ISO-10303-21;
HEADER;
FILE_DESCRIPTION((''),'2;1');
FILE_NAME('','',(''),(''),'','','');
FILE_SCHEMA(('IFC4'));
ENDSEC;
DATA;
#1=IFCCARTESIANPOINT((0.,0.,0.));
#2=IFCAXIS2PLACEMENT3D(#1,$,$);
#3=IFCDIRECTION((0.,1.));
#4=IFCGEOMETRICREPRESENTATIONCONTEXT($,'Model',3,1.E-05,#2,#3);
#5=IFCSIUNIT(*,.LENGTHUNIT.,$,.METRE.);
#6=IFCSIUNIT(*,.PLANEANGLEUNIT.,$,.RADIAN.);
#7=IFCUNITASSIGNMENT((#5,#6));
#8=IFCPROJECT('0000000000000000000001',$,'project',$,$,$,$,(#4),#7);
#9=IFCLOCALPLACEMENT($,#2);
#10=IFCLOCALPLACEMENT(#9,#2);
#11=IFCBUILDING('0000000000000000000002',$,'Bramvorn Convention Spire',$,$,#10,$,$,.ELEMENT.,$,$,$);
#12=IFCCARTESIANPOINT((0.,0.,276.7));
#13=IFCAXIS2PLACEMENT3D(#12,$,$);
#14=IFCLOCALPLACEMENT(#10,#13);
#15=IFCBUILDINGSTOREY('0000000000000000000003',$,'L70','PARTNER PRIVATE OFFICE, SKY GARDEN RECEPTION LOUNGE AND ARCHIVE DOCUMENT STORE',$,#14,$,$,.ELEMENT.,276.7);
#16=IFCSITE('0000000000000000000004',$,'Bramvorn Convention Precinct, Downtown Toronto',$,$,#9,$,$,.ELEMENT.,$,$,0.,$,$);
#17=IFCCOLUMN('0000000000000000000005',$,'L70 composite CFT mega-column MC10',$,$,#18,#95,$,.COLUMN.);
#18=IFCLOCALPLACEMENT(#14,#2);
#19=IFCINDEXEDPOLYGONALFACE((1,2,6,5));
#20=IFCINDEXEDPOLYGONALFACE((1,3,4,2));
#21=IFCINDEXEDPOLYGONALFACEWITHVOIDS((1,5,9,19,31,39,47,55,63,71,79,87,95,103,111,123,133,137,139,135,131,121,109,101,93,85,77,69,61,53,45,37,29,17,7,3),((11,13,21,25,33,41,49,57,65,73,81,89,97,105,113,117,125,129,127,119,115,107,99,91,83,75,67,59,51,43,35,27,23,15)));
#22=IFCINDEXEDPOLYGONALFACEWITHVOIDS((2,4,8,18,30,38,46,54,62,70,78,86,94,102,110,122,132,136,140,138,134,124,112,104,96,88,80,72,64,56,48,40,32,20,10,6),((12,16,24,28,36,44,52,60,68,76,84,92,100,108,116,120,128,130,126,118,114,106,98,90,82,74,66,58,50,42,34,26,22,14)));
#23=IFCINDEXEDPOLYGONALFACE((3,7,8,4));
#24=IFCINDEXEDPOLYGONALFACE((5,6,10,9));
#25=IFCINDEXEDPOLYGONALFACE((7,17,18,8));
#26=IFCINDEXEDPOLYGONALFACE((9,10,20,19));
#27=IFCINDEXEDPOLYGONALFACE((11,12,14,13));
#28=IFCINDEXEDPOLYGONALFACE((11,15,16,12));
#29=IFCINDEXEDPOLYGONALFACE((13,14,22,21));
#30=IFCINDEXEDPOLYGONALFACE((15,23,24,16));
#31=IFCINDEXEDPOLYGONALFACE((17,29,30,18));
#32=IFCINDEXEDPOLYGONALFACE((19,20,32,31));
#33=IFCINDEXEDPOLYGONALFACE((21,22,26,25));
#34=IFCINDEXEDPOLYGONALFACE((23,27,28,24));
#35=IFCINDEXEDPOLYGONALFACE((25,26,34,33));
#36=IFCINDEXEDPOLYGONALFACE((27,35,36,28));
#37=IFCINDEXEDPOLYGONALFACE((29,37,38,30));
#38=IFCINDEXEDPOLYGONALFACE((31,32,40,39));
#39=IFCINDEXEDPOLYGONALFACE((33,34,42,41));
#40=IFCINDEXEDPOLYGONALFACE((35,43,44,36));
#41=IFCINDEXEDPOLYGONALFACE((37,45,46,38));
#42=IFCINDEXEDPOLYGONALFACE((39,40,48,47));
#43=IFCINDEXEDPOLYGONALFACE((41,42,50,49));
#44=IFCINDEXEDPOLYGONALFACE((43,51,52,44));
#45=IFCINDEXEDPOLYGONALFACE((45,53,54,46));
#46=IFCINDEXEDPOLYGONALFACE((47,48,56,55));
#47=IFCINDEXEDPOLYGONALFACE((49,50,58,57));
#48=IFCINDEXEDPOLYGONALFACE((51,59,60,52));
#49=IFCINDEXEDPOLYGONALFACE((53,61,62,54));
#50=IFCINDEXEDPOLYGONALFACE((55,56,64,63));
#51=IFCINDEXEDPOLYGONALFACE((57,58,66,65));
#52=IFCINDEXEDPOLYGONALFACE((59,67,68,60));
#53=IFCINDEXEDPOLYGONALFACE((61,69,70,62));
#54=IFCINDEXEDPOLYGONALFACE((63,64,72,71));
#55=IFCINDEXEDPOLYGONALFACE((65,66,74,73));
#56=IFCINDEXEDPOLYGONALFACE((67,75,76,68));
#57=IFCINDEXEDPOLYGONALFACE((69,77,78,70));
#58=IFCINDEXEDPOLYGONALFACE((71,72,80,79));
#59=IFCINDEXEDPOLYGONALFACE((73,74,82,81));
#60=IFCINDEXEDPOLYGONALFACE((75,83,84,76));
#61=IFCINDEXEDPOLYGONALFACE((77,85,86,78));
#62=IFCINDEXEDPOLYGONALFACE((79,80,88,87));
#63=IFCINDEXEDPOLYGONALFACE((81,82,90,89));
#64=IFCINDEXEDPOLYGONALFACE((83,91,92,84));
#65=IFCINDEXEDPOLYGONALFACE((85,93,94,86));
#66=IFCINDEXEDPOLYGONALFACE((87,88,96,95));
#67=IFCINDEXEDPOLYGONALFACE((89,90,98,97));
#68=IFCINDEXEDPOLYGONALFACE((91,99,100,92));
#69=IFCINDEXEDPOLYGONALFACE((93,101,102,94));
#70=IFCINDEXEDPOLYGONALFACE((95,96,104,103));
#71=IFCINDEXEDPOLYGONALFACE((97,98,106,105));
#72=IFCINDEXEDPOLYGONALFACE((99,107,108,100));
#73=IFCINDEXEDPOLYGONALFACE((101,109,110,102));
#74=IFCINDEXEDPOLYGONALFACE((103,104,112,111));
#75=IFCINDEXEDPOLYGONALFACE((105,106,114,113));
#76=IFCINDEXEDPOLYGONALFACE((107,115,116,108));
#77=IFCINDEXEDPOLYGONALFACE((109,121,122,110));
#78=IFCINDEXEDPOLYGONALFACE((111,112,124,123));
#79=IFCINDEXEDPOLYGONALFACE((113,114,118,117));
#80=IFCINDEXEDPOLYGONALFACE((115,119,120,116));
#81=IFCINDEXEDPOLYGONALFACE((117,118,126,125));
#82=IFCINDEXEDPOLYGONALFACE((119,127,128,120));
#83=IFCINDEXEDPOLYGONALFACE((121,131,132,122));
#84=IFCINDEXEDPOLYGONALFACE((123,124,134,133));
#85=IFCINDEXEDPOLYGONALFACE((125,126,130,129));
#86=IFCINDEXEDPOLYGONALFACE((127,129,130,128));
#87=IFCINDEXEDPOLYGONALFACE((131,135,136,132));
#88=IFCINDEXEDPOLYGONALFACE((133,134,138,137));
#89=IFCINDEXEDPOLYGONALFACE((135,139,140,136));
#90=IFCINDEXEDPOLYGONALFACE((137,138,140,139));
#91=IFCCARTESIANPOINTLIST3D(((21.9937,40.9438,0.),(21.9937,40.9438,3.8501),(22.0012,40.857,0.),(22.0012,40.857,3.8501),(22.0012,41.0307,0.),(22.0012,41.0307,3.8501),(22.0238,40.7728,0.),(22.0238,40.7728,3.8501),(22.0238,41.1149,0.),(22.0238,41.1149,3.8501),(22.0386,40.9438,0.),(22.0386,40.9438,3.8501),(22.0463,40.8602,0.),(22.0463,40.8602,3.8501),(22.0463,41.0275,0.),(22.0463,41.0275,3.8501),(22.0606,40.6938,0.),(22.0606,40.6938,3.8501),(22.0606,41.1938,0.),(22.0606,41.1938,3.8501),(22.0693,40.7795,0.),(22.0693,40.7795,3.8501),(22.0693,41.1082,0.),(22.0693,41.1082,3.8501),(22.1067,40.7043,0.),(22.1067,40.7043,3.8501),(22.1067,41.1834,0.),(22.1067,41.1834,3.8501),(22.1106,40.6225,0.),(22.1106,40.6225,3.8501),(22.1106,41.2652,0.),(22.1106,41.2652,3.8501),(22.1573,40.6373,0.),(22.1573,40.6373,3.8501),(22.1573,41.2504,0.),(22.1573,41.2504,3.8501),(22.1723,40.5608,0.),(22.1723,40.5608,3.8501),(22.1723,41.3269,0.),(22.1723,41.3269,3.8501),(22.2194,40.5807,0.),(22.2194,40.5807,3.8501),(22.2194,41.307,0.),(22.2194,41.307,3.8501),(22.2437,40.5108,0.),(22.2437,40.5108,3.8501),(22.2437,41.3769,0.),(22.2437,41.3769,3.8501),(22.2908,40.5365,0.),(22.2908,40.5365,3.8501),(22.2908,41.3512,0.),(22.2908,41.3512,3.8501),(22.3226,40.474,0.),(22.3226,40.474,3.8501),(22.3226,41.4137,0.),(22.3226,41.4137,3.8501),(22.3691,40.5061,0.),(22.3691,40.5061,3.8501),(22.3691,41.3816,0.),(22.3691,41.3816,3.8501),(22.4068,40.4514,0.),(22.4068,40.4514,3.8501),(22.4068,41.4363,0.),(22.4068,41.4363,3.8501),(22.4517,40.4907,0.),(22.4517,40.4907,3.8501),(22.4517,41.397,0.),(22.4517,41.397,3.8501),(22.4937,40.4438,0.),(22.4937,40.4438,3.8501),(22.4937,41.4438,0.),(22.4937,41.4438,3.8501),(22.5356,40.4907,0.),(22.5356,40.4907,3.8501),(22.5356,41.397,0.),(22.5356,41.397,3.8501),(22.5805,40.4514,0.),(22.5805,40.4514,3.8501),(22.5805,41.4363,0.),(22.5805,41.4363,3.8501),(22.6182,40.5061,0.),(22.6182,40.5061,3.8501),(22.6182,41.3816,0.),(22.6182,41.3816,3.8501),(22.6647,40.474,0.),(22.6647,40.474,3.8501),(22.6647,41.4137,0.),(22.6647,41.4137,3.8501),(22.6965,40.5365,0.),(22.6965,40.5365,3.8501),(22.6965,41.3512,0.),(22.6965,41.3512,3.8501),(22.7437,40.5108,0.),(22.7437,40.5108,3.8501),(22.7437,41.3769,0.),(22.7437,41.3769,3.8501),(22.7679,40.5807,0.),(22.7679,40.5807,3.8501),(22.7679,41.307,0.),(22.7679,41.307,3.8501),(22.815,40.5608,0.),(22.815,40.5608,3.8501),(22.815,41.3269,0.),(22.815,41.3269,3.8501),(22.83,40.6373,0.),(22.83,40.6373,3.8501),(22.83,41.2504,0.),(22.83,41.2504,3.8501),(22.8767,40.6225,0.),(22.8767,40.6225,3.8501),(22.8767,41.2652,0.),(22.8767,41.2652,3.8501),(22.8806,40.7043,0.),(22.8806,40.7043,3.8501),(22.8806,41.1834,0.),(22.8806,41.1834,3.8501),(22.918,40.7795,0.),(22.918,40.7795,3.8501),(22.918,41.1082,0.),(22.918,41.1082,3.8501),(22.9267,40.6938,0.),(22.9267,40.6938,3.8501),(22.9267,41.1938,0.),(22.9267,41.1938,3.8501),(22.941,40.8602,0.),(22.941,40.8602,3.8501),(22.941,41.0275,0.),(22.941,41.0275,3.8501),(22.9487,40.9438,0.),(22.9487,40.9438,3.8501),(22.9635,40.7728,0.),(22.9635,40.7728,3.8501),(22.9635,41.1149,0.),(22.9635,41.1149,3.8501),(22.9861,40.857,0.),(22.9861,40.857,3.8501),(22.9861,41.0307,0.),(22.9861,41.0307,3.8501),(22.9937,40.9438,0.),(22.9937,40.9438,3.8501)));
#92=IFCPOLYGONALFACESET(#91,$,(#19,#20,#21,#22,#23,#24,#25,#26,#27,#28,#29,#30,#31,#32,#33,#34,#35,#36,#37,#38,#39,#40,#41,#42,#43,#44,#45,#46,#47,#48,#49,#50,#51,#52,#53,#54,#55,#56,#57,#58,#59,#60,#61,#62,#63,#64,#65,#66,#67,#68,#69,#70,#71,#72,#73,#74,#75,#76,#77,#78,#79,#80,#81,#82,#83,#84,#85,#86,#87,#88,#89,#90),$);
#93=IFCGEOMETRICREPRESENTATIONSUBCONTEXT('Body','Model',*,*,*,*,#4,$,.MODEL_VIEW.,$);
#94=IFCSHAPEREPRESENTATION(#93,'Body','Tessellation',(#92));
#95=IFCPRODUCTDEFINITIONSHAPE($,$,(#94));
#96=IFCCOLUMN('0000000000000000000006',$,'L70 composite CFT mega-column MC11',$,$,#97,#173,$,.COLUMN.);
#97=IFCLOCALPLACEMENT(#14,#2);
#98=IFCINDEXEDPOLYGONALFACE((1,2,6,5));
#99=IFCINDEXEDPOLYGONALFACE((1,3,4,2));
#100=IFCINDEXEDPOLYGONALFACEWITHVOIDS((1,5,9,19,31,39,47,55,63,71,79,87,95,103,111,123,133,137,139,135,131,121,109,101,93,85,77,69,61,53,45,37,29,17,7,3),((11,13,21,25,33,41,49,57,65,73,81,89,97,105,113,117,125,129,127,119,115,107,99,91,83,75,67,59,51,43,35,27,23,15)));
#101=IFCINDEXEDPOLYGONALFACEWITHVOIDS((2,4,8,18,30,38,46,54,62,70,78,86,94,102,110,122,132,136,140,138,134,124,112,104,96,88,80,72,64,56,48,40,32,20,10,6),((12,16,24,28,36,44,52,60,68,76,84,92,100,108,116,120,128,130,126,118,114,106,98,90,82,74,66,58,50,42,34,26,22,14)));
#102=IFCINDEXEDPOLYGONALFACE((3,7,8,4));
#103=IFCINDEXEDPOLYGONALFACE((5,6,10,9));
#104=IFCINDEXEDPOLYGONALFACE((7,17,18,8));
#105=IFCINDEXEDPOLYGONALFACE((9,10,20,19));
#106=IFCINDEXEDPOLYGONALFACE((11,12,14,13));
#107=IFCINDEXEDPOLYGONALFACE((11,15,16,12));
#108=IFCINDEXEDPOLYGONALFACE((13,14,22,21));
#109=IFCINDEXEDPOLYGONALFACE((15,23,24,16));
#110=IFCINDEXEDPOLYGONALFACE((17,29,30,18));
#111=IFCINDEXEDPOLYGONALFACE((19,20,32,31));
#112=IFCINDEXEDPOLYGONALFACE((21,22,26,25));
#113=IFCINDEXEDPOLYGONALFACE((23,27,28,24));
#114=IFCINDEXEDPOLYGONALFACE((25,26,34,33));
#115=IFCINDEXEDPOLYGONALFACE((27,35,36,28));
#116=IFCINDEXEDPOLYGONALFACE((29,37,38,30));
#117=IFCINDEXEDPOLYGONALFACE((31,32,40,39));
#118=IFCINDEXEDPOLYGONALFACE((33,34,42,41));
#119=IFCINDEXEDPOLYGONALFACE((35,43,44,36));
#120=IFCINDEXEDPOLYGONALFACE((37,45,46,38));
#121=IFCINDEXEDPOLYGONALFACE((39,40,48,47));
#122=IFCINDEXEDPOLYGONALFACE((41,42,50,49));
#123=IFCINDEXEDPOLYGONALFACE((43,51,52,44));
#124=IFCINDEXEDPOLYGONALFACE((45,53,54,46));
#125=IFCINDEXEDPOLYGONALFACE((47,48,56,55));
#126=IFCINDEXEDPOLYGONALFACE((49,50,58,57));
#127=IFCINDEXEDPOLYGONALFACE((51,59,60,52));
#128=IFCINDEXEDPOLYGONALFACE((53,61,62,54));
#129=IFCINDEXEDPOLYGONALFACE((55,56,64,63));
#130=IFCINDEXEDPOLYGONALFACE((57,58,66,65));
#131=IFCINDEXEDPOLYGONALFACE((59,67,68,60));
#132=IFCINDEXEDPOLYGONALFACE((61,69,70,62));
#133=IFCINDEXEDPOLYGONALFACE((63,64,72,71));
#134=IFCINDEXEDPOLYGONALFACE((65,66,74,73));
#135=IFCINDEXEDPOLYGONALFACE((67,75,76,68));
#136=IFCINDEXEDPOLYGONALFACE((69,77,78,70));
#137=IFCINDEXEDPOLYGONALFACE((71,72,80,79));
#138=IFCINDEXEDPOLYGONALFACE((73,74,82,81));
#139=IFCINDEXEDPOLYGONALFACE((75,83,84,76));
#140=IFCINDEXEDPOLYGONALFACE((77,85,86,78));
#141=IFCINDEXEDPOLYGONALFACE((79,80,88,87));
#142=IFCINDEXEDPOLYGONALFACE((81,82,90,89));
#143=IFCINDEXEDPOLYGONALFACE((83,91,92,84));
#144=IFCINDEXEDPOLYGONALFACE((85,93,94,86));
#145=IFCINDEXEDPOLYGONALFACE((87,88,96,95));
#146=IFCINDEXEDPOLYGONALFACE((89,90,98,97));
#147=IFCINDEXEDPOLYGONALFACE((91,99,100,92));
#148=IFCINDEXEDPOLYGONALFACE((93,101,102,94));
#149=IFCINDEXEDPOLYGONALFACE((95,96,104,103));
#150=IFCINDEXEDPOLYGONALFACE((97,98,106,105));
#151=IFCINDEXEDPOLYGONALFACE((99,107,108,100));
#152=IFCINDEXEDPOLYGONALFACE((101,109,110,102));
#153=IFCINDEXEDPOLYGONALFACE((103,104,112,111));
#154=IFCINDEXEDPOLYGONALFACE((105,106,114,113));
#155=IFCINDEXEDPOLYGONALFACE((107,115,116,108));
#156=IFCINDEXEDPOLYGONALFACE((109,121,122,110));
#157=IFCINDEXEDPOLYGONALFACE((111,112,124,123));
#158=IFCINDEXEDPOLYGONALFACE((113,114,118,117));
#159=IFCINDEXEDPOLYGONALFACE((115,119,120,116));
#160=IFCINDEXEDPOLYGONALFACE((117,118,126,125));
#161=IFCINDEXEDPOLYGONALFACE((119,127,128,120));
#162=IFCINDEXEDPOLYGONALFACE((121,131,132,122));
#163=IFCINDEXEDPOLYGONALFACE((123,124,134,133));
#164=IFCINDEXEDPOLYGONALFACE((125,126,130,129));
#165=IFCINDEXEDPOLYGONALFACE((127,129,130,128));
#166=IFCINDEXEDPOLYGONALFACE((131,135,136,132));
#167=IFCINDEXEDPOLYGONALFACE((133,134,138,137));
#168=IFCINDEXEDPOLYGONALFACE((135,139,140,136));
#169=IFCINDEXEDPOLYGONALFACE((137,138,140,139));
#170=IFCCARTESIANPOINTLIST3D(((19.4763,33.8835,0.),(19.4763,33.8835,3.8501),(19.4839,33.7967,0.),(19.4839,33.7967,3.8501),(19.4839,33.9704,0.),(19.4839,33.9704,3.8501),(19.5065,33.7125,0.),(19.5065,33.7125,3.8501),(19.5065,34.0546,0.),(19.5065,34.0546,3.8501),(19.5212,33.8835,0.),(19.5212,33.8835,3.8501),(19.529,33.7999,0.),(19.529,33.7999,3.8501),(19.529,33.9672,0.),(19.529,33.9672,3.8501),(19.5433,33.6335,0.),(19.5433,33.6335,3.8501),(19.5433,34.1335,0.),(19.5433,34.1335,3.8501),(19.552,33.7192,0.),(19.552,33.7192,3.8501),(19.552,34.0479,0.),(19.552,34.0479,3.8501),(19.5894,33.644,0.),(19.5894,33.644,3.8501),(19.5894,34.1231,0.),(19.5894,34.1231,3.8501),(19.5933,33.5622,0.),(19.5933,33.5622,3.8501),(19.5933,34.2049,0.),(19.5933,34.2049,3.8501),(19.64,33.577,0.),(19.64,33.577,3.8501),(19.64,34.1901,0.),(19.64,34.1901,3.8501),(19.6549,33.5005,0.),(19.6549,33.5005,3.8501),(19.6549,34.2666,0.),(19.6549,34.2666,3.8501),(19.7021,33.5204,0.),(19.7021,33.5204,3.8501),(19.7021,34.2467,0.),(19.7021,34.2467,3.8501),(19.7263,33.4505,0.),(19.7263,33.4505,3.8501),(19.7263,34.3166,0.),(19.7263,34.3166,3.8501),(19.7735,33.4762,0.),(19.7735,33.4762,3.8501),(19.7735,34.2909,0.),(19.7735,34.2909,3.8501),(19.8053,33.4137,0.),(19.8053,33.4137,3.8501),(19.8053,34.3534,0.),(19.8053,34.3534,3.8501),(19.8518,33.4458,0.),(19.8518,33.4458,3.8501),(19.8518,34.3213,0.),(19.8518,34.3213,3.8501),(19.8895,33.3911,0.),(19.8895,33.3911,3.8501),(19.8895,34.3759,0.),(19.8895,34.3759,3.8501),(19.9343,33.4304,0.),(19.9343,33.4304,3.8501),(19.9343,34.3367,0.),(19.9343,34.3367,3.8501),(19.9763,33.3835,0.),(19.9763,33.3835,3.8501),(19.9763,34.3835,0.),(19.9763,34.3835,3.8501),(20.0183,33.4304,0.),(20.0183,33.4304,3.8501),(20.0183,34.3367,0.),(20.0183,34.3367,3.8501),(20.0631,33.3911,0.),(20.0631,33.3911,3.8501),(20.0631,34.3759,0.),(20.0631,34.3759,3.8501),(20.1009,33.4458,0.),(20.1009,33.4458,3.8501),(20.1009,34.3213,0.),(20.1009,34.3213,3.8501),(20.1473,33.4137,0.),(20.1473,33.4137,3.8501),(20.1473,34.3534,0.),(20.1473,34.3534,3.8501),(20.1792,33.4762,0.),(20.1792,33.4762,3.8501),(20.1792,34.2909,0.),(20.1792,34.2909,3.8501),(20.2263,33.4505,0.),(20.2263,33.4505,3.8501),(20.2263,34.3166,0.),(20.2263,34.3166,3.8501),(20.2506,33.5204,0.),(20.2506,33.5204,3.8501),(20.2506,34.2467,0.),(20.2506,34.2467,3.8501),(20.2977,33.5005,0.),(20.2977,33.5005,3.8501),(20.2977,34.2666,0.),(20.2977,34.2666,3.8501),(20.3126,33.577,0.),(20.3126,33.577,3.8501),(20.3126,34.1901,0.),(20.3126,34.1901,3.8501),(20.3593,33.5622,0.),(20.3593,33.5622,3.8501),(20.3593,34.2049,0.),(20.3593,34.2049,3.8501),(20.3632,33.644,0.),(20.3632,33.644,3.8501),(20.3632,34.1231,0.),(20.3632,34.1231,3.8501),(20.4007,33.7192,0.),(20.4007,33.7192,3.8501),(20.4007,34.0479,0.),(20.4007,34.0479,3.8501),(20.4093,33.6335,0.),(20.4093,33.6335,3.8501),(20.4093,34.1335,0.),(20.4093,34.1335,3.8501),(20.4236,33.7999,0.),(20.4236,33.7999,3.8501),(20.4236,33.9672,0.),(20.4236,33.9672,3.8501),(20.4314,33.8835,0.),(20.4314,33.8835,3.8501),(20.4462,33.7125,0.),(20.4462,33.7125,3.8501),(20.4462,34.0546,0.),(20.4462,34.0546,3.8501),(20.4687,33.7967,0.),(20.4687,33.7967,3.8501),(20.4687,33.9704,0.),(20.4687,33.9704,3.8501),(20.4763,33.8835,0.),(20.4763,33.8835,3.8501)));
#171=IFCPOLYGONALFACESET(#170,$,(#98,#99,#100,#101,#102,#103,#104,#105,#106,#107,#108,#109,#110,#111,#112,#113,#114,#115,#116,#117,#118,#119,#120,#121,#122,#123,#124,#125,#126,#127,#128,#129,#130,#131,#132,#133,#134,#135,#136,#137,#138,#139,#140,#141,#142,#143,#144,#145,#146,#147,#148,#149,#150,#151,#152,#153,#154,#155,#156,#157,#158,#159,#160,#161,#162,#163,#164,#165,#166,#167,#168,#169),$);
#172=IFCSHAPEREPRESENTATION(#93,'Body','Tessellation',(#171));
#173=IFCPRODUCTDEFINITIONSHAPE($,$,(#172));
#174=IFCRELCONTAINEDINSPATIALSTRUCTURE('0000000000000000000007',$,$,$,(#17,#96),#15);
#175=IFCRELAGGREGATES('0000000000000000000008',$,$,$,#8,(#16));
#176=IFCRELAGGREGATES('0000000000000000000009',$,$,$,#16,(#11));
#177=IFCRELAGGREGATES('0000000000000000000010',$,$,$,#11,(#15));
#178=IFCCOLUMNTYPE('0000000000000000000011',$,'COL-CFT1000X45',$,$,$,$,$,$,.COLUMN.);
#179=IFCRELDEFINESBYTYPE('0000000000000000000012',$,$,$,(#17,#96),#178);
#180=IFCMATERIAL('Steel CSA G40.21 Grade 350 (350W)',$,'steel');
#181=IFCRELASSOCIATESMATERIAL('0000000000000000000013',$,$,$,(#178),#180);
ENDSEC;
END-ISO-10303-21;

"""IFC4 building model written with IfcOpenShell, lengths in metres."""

from ifc_helpers import new_model, si_unit, direction, frame, origin, origin_2d, place, context, subcontext, project, spatial, hollow_circle, extrude, material, material_profile, profile_set, type_object, element, save


model = new_model("IFC4")

# Units and contexts
model_context = context("Model", 3, precision=1e-05, world=origin(), true_north=direction((0.0, 1.0)))
body_context = subcontext(model_context, "Body", "Model", "MODEL_VIEW")
ifc_project = project(units=[si_unit("LENGTHUNIT", "METRE"), si_unit("PLANEANGLEUNIT", "RADIAN")], contexts=[model_context])

# Site, building, storey
site_placement = place(None, origin())
site = spatial("IfcSite", under=ifc_project, at=site_placement, Name="Bramvorn Convention Precinct, Downtown Toronto", CompositionType="ELEMENT", RefElevation=0.0)
building_placement = place(site_placement, origin())
building = spatial("IfcBuilding", under=site, at=building_placement, Name="Bramvorn Convention Spire", CompositionType="ELEMENT")
storey_placement = place(building_placement, frame((0.0, 0.0, 276.7)))
storey = spatial("IfcBuildingStorey", under=building, at=storey_placement, Name="L70", Description="PARTNER PRIVATE OFFICE, SKY GARDEN RECEPTION LOUNGE AND ARCHIVE DOCUMENT STORE", CompositionType="ELEMENT", Elevation=276.7)

# Columns
ifc_material_1 = material(Name="Steel CSA G40.21 Grade 350 (350W)", Category="steel")
ifc_material_profile_1 = material_profile(ifc_material_1, hollow_circle(Radius=0.5, WallThickness=0.0449, at=origin_2d()))
ifc_profile_set_1 = profile_set([ifc_material_profile_1], Name="Steel CSA G40.21 Grade 350 (350W) - CFT1000X45")
column_type = type_object("IfcColumnType", Name="COL-CFT1000X45", PredefinedType="COLUMN", material=ifc_profile_set_1)
for number, where, z_axis, x_axis, name in (
    (1, (22.4937, 40.9438, 0.0), (0.0, 0.0, 1.0), (1.0, 0.0, 0.0), "L70 composite CFT mega-column MC10"),
    (2, (19.9763, 33.8835, 0.0), (0.0, 0.0, 1.0), (1.0, 0.0, 0.0), "L70 composite CFT mega-column MC11"),
):
    element("IfcColumn", number, at=place(storey_placement, frame(where, z_axis=z_axis, x_axis=x_axis)), inside=storey, type_object=column_type, Name=name, PredefinedType="COLUMN", context=body_context, shape_type="SweptSolid", body=[
        extrude(hollow_circle(Radius=0.5, WallThickness=0.0449, at=origin_2d()), origin(), (0.0, 0.0, 1.0), 3.8501),
    ])

save(model, "model.ifc")
